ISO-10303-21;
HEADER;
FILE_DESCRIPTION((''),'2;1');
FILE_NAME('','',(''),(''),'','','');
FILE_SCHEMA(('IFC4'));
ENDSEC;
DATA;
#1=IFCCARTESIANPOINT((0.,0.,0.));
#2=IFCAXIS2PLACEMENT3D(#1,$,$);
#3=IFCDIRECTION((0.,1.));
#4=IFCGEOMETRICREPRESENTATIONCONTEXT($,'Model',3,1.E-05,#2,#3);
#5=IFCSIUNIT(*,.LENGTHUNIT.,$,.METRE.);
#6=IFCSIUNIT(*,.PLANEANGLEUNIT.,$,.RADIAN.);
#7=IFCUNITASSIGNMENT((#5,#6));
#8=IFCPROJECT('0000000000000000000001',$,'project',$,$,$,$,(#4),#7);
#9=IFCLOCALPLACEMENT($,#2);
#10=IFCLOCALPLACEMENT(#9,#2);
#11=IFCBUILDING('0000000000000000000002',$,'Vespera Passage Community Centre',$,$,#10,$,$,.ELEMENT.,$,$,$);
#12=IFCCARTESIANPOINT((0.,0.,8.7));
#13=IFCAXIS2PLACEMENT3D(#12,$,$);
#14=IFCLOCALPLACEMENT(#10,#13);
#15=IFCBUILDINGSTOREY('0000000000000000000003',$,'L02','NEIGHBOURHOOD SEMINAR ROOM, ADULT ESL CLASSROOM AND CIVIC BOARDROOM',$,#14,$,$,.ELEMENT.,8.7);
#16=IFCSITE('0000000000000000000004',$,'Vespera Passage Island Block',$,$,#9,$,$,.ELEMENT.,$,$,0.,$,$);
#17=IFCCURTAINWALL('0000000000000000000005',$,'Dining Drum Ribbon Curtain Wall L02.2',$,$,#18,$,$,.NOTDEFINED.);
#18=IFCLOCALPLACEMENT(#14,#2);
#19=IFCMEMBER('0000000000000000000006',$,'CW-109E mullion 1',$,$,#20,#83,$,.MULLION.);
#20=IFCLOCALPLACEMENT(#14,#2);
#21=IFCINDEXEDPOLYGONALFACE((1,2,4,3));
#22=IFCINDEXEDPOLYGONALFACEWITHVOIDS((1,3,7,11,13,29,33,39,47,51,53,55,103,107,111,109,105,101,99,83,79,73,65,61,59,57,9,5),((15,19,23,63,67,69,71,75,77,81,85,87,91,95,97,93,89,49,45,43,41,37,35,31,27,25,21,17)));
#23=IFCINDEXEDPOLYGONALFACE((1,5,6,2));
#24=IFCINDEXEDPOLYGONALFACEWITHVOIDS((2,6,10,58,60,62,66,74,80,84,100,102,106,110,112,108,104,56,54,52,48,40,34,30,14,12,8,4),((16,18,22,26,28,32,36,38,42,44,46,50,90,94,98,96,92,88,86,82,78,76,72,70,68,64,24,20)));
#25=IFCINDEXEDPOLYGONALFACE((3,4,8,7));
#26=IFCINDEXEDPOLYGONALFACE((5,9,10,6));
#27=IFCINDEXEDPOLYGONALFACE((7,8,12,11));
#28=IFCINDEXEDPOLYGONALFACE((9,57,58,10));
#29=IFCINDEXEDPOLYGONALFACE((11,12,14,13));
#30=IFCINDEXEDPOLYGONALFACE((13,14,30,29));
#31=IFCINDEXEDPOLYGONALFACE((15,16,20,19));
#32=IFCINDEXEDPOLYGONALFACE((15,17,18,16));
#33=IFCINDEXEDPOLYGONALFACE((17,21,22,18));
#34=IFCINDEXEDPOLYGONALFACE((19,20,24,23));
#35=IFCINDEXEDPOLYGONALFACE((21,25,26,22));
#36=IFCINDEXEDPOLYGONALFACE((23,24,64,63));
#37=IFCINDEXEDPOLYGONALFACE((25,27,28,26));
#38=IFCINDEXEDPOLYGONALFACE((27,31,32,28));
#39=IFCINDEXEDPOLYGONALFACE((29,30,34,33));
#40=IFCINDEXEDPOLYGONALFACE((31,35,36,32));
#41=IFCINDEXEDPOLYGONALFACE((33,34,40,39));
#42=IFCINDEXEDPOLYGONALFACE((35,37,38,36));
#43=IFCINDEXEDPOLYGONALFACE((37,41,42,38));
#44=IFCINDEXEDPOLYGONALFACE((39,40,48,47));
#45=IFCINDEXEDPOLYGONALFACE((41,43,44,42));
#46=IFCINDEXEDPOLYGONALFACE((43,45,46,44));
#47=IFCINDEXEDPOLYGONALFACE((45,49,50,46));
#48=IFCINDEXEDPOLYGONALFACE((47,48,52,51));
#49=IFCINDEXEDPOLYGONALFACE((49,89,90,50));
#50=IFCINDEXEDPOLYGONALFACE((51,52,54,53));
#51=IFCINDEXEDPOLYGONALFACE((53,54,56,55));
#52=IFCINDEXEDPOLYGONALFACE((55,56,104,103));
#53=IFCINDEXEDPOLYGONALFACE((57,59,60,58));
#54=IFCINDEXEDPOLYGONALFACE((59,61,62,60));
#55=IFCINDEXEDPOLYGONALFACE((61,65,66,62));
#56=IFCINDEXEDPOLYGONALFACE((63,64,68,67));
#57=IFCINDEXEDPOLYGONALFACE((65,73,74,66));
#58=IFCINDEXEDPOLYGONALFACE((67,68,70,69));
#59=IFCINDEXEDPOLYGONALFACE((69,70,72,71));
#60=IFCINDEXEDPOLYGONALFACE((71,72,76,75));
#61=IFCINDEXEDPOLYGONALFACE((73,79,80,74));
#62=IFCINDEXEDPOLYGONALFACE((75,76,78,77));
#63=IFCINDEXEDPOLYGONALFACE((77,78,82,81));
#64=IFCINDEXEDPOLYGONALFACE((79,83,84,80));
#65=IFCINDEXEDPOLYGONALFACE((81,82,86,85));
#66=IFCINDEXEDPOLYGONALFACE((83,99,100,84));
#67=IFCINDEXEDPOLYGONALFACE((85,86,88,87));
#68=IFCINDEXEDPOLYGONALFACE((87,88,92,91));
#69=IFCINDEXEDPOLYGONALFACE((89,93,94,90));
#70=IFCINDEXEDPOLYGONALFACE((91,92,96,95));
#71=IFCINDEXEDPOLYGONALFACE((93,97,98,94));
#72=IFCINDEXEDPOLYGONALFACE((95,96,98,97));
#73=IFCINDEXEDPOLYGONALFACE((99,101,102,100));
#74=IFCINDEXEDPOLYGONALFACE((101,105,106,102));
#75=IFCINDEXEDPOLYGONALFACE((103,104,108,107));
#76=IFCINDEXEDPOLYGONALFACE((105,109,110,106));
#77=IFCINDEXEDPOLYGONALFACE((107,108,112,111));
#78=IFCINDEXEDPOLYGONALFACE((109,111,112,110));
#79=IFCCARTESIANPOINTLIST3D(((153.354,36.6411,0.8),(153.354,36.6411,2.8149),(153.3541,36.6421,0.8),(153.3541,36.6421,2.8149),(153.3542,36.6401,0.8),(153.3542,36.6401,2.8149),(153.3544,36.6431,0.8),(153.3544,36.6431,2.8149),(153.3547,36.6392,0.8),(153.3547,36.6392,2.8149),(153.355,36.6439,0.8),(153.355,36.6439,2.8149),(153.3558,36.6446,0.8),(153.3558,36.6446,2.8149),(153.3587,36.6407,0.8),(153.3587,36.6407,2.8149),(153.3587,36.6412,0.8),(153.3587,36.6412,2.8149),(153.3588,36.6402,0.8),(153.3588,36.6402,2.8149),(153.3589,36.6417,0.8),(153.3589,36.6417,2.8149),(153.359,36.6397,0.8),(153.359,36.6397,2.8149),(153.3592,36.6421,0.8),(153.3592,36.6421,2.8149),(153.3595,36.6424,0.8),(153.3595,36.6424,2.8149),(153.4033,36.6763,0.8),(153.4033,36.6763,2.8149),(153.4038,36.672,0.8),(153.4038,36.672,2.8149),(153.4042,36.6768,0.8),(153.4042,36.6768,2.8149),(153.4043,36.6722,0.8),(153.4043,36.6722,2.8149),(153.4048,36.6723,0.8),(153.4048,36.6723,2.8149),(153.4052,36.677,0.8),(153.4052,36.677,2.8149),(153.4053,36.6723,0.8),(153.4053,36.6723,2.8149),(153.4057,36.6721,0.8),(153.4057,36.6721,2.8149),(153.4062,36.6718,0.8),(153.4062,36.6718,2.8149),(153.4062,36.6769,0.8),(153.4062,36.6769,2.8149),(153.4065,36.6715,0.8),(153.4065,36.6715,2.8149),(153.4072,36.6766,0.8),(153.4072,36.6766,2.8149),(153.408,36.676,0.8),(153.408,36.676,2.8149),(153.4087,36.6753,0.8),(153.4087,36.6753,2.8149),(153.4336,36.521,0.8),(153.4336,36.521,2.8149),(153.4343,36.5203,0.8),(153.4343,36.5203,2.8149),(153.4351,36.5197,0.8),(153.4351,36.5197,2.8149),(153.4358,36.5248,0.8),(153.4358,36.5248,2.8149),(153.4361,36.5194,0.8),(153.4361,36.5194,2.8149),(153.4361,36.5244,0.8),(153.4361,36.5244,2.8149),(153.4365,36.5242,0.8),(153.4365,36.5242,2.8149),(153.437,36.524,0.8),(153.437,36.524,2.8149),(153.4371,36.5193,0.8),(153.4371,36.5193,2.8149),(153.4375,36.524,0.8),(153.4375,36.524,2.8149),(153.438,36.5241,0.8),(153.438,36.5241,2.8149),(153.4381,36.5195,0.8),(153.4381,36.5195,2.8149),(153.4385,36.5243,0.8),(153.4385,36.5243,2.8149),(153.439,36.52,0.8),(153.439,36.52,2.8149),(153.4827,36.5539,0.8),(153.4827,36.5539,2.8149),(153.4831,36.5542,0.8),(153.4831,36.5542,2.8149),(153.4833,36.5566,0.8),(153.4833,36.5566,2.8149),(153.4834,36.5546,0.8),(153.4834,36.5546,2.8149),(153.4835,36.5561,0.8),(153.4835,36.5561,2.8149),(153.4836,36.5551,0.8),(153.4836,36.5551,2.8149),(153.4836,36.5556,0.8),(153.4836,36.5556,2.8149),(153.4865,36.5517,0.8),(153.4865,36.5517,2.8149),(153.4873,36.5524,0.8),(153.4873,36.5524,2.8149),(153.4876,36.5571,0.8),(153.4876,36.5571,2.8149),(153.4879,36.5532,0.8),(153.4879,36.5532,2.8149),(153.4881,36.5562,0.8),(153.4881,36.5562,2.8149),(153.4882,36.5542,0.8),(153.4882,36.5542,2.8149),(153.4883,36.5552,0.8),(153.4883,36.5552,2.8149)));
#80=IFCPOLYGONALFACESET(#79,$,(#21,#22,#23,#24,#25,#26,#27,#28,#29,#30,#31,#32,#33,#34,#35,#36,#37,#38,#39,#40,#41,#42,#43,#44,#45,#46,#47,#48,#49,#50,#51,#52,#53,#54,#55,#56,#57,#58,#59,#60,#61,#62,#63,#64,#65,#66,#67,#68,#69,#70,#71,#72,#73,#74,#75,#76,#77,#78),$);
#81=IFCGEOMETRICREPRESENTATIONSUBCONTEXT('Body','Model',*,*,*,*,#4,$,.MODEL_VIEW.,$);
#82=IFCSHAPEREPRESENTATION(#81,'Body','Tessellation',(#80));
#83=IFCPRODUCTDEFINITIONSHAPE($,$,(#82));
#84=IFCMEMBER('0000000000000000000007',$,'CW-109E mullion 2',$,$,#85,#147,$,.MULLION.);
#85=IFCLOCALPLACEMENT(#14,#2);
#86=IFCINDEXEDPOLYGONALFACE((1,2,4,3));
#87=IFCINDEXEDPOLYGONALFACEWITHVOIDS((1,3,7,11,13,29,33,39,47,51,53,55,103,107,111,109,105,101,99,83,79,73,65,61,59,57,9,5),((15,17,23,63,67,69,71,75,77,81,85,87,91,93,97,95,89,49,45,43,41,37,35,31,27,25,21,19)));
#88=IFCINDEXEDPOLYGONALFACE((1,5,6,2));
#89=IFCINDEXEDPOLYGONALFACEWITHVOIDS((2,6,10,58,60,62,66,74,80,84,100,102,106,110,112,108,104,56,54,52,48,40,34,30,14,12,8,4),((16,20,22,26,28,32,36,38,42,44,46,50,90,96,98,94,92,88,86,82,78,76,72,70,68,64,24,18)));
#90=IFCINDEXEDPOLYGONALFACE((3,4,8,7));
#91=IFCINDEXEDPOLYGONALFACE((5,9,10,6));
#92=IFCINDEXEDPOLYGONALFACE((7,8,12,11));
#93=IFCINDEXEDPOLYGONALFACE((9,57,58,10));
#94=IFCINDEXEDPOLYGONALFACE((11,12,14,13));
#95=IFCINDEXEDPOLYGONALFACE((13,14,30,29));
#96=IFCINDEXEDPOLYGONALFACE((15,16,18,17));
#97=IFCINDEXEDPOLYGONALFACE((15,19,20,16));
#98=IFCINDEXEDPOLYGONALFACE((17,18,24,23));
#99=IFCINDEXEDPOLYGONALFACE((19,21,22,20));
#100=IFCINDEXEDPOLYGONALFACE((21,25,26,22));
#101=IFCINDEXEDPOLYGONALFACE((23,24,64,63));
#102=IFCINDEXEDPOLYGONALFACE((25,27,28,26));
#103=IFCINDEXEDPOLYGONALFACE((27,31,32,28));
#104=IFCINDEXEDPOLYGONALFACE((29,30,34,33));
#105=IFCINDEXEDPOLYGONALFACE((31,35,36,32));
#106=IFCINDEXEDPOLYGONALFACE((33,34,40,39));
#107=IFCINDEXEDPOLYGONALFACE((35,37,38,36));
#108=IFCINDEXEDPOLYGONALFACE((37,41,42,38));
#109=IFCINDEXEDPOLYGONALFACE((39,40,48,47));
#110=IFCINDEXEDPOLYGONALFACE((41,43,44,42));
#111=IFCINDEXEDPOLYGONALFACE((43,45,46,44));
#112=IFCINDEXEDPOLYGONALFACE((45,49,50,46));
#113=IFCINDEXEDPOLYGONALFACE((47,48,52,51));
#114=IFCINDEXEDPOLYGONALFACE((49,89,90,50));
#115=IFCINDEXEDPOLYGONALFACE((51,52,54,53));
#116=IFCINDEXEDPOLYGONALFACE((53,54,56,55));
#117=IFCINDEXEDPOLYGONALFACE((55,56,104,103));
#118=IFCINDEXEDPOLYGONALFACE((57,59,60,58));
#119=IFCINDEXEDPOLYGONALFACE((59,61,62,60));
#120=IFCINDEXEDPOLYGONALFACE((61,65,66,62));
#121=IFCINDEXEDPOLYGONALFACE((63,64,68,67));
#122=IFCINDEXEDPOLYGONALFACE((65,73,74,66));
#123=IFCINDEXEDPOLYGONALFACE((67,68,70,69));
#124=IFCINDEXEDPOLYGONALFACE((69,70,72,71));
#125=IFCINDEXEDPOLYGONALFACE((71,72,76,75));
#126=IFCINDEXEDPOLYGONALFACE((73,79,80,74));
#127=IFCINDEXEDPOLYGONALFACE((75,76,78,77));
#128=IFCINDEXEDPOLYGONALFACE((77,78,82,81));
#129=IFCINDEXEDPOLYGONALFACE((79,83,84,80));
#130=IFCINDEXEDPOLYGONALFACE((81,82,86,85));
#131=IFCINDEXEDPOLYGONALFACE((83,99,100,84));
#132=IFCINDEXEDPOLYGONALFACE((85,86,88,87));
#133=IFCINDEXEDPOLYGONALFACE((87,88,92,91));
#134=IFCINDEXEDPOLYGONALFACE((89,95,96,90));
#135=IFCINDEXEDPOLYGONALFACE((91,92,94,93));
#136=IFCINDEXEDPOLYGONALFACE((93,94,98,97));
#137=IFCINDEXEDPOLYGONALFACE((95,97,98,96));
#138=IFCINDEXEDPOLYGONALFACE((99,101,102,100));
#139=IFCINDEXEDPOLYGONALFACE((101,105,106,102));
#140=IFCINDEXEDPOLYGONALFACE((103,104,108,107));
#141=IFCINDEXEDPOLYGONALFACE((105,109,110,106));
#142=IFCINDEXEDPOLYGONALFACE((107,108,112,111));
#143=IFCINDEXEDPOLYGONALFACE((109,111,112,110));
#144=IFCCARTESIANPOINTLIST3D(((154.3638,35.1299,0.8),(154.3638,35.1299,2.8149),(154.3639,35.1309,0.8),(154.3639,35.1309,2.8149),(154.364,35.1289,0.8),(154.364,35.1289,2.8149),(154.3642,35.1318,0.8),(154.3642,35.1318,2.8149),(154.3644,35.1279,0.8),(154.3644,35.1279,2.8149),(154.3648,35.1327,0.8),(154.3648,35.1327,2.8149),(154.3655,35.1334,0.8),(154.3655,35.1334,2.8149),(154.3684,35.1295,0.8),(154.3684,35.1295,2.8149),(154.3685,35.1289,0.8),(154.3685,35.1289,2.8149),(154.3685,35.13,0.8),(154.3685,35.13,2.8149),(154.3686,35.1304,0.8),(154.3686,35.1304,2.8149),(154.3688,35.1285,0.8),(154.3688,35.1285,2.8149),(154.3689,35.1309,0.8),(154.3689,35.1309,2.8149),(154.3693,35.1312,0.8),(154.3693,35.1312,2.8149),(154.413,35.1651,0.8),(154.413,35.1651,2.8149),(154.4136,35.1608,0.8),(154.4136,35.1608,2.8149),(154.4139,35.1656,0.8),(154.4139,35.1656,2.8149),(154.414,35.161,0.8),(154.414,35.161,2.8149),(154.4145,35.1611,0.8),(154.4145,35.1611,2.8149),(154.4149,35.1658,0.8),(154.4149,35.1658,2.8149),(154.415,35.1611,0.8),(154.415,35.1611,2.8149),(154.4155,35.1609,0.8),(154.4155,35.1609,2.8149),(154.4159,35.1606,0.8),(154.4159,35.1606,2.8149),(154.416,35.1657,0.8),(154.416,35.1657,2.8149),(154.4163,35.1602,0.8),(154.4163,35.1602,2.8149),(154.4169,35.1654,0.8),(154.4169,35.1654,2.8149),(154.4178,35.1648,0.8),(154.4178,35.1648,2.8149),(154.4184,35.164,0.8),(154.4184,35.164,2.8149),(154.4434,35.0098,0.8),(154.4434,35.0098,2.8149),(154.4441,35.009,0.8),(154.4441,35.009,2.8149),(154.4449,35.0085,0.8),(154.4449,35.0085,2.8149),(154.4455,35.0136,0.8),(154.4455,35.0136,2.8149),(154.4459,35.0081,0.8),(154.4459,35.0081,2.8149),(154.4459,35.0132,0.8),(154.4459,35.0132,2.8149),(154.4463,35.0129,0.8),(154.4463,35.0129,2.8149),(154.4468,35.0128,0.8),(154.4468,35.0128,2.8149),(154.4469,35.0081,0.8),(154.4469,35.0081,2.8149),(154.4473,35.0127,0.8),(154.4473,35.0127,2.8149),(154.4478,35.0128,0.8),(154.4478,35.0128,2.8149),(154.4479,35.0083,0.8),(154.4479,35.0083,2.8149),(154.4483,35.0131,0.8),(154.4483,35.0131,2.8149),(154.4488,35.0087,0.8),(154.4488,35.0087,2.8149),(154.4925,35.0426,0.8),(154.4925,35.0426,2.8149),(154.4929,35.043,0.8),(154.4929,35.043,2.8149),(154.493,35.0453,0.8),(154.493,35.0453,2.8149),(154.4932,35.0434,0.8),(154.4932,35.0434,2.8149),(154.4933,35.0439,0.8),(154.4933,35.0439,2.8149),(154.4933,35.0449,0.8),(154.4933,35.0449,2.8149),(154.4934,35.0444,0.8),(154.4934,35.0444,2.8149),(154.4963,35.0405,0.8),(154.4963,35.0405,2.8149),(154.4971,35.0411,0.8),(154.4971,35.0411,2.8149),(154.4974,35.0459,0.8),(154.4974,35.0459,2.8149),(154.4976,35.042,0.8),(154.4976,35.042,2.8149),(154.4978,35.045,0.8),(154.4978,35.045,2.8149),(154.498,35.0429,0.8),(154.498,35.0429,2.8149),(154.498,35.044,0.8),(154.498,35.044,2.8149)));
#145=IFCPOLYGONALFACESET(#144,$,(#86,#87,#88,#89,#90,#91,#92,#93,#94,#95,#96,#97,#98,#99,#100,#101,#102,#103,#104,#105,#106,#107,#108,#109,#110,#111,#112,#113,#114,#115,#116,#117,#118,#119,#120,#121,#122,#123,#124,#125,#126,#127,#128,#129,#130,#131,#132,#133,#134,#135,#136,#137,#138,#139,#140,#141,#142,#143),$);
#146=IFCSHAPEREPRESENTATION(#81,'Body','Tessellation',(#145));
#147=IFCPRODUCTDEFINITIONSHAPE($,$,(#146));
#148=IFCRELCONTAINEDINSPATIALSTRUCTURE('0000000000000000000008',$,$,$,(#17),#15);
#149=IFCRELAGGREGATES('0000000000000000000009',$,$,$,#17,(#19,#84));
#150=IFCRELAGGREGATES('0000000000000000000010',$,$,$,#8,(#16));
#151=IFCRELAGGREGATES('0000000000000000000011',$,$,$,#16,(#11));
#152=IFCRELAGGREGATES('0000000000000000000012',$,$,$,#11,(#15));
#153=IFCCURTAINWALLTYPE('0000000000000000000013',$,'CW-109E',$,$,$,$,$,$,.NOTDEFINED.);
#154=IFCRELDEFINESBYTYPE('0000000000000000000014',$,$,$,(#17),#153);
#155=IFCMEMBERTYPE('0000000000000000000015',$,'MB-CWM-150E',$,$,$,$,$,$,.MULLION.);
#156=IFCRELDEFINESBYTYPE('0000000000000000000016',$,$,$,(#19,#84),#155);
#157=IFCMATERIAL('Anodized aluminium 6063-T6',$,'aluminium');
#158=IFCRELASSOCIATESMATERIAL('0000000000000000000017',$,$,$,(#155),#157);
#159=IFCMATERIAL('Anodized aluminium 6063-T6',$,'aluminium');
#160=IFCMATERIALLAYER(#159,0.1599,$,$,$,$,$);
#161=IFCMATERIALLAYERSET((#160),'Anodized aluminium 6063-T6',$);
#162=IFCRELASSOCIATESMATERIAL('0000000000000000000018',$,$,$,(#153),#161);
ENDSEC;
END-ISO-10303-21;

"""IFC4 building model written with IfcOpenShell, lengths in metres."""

from ifc_helpers import new_model, si_unit, direction, frame, origin, origin_2d, place, context, subcontext, project, spatial, hollow_rectangle, extrude, material, layer, layer_set, material_profile, profile_set, type_object, element, aggregate, save


model = new_model("IFC4")

# Units and contexts
model_context = context("Model", 3, precision=1e-05, world=origin(), true_north=direction((0.0, 1.0)))
body_context = subcontext(model_context, "Body", "Model", "MODEL_VIEW")
ifc_project = project(units=[si_unit("LENGTHUNIT", "METRE"), si_unit("PLANEANGLEUNIT", "RADIAN")], contexts=[model_context])

# Site, building, storey
site_placement = place(None, origin())
site = spatial("IfcSite", under=ifc_project, at=site_placement, Name="Vespera Passage Island Block", CompositionType="ELEMENT", RefElevation=0.0)
building_placement = place(site_placement, origin())
building = spatial("IfcBuilding", under=site, at=building_placement, Name="Vespera Passage Community Centre", CompositionType="ELEMENT")
storey_placement = place(building_placement, frame((0.0, 0.0, 8.7)))
storey = spatial("IfcBuildingStorey", under=building, at=storey_placement, Name="L02", Description="NEIGHBOURHOOD SEMINAR ROOM, ADULT ESL CLASSROOM AND CIVIC BOARDROOM", CompositionType="ELEMENT", Elevation=8.7)

# Shared definitions
ifc_material_1 = material(Name="Anodized aluminium 6063-T6", Category="aluminium")
ifc_material_profile_1 = material_profile(ifc_material_1, hollow_rectangle(XDim=0.0649, YDim=0.1499, WallThickness=0.0039, InnerFilletRadius=0.002, OuterFilletRadius=0.0039, at=origin_2d()), Name="ALU150X65X4")
ifc_profile_set_1 = profile_set([ifc_material_profile_1], Name="Anodized aluminium 6063-T6")
member_type_1 = type_object("IfcMemberType", Name="MB-CWM-150E", PredefinedType="MULLION", material=ifc_profile_set_1)

# Curtain wall, members
ifc_material_2 = material(Name="Anodized aluminium 6063-T6", Category="aluminium")
ifc_layer_1 = layer(ifc_material_2, 0.1599)
ifc_layer_set_1 = layer_set([ifc_layer_1], Name="Anodized aluminium 6063-T6")
curtain_wall_type_1 = type_object("IfcCurtainWallType", Name="CW-109E", PredefinedType="NOTDEFINED", material=ifc_layer_set_1)
curtain_wall_1_placement = place(storey_placement, origin())
curtain_wall_1 = element("IfcCurtainWall", 1, at=curtain_wall_1_placement, inside=storey, type_object=curtain_wall_type_1, Name="Dining Drum Ribbon Curtain Wall L02.2", PredefinedType="NOTDEFINED")
member_1_placement = place(storey_placement, frame((153.4211, 36.5981, 0.8), z_axis=(0.0, 0.0, 1.0), x_axis=(0.831473, 0.555565, 0.0)))
member_1 = element("IfcMember", 2, at=member_1_placement, type_object=member_type_1, Name="CW-109E mullion 1", PredefinedType="MULLION", context=body_context, shape_type="SweptSolid", body=[
    extrude(hollow_rectangle(XDim=0.0649, YDim=0.1499, WallThickness=0.0039, InnerFilletRadius=0.002, OuterFilletRadius=0.0039, at=origin_2d()), origin(), (0.0, 0.0, 1.0), 2.0149),
])
member_2_placement = place(storey_placement, frame((154.4309, 35.0869, 0.8), z_axis=(0.0, 0.0, 1.0), x_axis=(0.831473, 0.555565, 0.0)))
member_2 = element("IfcMember", 3, at=member_2_placement, type_object=member_type_1, Name="CW-109E mullion 2", PredefinedType="MULLION", context=body_context, shape_type="SweptSolid", body=[
    extrude(hollow_rectangle(XDim=0.0649, YDim=0.1499, WallThickness=0.0039, InnerFilletRadius=0.002, OuterFilletRadius=0.0039, at=origin_2d()), origin(), (0.0, 0.0, 1.0), 2.0149),
])

aggregate(curtain_wall_1, [member_1, member_2])

save(model, "model.ifc")
